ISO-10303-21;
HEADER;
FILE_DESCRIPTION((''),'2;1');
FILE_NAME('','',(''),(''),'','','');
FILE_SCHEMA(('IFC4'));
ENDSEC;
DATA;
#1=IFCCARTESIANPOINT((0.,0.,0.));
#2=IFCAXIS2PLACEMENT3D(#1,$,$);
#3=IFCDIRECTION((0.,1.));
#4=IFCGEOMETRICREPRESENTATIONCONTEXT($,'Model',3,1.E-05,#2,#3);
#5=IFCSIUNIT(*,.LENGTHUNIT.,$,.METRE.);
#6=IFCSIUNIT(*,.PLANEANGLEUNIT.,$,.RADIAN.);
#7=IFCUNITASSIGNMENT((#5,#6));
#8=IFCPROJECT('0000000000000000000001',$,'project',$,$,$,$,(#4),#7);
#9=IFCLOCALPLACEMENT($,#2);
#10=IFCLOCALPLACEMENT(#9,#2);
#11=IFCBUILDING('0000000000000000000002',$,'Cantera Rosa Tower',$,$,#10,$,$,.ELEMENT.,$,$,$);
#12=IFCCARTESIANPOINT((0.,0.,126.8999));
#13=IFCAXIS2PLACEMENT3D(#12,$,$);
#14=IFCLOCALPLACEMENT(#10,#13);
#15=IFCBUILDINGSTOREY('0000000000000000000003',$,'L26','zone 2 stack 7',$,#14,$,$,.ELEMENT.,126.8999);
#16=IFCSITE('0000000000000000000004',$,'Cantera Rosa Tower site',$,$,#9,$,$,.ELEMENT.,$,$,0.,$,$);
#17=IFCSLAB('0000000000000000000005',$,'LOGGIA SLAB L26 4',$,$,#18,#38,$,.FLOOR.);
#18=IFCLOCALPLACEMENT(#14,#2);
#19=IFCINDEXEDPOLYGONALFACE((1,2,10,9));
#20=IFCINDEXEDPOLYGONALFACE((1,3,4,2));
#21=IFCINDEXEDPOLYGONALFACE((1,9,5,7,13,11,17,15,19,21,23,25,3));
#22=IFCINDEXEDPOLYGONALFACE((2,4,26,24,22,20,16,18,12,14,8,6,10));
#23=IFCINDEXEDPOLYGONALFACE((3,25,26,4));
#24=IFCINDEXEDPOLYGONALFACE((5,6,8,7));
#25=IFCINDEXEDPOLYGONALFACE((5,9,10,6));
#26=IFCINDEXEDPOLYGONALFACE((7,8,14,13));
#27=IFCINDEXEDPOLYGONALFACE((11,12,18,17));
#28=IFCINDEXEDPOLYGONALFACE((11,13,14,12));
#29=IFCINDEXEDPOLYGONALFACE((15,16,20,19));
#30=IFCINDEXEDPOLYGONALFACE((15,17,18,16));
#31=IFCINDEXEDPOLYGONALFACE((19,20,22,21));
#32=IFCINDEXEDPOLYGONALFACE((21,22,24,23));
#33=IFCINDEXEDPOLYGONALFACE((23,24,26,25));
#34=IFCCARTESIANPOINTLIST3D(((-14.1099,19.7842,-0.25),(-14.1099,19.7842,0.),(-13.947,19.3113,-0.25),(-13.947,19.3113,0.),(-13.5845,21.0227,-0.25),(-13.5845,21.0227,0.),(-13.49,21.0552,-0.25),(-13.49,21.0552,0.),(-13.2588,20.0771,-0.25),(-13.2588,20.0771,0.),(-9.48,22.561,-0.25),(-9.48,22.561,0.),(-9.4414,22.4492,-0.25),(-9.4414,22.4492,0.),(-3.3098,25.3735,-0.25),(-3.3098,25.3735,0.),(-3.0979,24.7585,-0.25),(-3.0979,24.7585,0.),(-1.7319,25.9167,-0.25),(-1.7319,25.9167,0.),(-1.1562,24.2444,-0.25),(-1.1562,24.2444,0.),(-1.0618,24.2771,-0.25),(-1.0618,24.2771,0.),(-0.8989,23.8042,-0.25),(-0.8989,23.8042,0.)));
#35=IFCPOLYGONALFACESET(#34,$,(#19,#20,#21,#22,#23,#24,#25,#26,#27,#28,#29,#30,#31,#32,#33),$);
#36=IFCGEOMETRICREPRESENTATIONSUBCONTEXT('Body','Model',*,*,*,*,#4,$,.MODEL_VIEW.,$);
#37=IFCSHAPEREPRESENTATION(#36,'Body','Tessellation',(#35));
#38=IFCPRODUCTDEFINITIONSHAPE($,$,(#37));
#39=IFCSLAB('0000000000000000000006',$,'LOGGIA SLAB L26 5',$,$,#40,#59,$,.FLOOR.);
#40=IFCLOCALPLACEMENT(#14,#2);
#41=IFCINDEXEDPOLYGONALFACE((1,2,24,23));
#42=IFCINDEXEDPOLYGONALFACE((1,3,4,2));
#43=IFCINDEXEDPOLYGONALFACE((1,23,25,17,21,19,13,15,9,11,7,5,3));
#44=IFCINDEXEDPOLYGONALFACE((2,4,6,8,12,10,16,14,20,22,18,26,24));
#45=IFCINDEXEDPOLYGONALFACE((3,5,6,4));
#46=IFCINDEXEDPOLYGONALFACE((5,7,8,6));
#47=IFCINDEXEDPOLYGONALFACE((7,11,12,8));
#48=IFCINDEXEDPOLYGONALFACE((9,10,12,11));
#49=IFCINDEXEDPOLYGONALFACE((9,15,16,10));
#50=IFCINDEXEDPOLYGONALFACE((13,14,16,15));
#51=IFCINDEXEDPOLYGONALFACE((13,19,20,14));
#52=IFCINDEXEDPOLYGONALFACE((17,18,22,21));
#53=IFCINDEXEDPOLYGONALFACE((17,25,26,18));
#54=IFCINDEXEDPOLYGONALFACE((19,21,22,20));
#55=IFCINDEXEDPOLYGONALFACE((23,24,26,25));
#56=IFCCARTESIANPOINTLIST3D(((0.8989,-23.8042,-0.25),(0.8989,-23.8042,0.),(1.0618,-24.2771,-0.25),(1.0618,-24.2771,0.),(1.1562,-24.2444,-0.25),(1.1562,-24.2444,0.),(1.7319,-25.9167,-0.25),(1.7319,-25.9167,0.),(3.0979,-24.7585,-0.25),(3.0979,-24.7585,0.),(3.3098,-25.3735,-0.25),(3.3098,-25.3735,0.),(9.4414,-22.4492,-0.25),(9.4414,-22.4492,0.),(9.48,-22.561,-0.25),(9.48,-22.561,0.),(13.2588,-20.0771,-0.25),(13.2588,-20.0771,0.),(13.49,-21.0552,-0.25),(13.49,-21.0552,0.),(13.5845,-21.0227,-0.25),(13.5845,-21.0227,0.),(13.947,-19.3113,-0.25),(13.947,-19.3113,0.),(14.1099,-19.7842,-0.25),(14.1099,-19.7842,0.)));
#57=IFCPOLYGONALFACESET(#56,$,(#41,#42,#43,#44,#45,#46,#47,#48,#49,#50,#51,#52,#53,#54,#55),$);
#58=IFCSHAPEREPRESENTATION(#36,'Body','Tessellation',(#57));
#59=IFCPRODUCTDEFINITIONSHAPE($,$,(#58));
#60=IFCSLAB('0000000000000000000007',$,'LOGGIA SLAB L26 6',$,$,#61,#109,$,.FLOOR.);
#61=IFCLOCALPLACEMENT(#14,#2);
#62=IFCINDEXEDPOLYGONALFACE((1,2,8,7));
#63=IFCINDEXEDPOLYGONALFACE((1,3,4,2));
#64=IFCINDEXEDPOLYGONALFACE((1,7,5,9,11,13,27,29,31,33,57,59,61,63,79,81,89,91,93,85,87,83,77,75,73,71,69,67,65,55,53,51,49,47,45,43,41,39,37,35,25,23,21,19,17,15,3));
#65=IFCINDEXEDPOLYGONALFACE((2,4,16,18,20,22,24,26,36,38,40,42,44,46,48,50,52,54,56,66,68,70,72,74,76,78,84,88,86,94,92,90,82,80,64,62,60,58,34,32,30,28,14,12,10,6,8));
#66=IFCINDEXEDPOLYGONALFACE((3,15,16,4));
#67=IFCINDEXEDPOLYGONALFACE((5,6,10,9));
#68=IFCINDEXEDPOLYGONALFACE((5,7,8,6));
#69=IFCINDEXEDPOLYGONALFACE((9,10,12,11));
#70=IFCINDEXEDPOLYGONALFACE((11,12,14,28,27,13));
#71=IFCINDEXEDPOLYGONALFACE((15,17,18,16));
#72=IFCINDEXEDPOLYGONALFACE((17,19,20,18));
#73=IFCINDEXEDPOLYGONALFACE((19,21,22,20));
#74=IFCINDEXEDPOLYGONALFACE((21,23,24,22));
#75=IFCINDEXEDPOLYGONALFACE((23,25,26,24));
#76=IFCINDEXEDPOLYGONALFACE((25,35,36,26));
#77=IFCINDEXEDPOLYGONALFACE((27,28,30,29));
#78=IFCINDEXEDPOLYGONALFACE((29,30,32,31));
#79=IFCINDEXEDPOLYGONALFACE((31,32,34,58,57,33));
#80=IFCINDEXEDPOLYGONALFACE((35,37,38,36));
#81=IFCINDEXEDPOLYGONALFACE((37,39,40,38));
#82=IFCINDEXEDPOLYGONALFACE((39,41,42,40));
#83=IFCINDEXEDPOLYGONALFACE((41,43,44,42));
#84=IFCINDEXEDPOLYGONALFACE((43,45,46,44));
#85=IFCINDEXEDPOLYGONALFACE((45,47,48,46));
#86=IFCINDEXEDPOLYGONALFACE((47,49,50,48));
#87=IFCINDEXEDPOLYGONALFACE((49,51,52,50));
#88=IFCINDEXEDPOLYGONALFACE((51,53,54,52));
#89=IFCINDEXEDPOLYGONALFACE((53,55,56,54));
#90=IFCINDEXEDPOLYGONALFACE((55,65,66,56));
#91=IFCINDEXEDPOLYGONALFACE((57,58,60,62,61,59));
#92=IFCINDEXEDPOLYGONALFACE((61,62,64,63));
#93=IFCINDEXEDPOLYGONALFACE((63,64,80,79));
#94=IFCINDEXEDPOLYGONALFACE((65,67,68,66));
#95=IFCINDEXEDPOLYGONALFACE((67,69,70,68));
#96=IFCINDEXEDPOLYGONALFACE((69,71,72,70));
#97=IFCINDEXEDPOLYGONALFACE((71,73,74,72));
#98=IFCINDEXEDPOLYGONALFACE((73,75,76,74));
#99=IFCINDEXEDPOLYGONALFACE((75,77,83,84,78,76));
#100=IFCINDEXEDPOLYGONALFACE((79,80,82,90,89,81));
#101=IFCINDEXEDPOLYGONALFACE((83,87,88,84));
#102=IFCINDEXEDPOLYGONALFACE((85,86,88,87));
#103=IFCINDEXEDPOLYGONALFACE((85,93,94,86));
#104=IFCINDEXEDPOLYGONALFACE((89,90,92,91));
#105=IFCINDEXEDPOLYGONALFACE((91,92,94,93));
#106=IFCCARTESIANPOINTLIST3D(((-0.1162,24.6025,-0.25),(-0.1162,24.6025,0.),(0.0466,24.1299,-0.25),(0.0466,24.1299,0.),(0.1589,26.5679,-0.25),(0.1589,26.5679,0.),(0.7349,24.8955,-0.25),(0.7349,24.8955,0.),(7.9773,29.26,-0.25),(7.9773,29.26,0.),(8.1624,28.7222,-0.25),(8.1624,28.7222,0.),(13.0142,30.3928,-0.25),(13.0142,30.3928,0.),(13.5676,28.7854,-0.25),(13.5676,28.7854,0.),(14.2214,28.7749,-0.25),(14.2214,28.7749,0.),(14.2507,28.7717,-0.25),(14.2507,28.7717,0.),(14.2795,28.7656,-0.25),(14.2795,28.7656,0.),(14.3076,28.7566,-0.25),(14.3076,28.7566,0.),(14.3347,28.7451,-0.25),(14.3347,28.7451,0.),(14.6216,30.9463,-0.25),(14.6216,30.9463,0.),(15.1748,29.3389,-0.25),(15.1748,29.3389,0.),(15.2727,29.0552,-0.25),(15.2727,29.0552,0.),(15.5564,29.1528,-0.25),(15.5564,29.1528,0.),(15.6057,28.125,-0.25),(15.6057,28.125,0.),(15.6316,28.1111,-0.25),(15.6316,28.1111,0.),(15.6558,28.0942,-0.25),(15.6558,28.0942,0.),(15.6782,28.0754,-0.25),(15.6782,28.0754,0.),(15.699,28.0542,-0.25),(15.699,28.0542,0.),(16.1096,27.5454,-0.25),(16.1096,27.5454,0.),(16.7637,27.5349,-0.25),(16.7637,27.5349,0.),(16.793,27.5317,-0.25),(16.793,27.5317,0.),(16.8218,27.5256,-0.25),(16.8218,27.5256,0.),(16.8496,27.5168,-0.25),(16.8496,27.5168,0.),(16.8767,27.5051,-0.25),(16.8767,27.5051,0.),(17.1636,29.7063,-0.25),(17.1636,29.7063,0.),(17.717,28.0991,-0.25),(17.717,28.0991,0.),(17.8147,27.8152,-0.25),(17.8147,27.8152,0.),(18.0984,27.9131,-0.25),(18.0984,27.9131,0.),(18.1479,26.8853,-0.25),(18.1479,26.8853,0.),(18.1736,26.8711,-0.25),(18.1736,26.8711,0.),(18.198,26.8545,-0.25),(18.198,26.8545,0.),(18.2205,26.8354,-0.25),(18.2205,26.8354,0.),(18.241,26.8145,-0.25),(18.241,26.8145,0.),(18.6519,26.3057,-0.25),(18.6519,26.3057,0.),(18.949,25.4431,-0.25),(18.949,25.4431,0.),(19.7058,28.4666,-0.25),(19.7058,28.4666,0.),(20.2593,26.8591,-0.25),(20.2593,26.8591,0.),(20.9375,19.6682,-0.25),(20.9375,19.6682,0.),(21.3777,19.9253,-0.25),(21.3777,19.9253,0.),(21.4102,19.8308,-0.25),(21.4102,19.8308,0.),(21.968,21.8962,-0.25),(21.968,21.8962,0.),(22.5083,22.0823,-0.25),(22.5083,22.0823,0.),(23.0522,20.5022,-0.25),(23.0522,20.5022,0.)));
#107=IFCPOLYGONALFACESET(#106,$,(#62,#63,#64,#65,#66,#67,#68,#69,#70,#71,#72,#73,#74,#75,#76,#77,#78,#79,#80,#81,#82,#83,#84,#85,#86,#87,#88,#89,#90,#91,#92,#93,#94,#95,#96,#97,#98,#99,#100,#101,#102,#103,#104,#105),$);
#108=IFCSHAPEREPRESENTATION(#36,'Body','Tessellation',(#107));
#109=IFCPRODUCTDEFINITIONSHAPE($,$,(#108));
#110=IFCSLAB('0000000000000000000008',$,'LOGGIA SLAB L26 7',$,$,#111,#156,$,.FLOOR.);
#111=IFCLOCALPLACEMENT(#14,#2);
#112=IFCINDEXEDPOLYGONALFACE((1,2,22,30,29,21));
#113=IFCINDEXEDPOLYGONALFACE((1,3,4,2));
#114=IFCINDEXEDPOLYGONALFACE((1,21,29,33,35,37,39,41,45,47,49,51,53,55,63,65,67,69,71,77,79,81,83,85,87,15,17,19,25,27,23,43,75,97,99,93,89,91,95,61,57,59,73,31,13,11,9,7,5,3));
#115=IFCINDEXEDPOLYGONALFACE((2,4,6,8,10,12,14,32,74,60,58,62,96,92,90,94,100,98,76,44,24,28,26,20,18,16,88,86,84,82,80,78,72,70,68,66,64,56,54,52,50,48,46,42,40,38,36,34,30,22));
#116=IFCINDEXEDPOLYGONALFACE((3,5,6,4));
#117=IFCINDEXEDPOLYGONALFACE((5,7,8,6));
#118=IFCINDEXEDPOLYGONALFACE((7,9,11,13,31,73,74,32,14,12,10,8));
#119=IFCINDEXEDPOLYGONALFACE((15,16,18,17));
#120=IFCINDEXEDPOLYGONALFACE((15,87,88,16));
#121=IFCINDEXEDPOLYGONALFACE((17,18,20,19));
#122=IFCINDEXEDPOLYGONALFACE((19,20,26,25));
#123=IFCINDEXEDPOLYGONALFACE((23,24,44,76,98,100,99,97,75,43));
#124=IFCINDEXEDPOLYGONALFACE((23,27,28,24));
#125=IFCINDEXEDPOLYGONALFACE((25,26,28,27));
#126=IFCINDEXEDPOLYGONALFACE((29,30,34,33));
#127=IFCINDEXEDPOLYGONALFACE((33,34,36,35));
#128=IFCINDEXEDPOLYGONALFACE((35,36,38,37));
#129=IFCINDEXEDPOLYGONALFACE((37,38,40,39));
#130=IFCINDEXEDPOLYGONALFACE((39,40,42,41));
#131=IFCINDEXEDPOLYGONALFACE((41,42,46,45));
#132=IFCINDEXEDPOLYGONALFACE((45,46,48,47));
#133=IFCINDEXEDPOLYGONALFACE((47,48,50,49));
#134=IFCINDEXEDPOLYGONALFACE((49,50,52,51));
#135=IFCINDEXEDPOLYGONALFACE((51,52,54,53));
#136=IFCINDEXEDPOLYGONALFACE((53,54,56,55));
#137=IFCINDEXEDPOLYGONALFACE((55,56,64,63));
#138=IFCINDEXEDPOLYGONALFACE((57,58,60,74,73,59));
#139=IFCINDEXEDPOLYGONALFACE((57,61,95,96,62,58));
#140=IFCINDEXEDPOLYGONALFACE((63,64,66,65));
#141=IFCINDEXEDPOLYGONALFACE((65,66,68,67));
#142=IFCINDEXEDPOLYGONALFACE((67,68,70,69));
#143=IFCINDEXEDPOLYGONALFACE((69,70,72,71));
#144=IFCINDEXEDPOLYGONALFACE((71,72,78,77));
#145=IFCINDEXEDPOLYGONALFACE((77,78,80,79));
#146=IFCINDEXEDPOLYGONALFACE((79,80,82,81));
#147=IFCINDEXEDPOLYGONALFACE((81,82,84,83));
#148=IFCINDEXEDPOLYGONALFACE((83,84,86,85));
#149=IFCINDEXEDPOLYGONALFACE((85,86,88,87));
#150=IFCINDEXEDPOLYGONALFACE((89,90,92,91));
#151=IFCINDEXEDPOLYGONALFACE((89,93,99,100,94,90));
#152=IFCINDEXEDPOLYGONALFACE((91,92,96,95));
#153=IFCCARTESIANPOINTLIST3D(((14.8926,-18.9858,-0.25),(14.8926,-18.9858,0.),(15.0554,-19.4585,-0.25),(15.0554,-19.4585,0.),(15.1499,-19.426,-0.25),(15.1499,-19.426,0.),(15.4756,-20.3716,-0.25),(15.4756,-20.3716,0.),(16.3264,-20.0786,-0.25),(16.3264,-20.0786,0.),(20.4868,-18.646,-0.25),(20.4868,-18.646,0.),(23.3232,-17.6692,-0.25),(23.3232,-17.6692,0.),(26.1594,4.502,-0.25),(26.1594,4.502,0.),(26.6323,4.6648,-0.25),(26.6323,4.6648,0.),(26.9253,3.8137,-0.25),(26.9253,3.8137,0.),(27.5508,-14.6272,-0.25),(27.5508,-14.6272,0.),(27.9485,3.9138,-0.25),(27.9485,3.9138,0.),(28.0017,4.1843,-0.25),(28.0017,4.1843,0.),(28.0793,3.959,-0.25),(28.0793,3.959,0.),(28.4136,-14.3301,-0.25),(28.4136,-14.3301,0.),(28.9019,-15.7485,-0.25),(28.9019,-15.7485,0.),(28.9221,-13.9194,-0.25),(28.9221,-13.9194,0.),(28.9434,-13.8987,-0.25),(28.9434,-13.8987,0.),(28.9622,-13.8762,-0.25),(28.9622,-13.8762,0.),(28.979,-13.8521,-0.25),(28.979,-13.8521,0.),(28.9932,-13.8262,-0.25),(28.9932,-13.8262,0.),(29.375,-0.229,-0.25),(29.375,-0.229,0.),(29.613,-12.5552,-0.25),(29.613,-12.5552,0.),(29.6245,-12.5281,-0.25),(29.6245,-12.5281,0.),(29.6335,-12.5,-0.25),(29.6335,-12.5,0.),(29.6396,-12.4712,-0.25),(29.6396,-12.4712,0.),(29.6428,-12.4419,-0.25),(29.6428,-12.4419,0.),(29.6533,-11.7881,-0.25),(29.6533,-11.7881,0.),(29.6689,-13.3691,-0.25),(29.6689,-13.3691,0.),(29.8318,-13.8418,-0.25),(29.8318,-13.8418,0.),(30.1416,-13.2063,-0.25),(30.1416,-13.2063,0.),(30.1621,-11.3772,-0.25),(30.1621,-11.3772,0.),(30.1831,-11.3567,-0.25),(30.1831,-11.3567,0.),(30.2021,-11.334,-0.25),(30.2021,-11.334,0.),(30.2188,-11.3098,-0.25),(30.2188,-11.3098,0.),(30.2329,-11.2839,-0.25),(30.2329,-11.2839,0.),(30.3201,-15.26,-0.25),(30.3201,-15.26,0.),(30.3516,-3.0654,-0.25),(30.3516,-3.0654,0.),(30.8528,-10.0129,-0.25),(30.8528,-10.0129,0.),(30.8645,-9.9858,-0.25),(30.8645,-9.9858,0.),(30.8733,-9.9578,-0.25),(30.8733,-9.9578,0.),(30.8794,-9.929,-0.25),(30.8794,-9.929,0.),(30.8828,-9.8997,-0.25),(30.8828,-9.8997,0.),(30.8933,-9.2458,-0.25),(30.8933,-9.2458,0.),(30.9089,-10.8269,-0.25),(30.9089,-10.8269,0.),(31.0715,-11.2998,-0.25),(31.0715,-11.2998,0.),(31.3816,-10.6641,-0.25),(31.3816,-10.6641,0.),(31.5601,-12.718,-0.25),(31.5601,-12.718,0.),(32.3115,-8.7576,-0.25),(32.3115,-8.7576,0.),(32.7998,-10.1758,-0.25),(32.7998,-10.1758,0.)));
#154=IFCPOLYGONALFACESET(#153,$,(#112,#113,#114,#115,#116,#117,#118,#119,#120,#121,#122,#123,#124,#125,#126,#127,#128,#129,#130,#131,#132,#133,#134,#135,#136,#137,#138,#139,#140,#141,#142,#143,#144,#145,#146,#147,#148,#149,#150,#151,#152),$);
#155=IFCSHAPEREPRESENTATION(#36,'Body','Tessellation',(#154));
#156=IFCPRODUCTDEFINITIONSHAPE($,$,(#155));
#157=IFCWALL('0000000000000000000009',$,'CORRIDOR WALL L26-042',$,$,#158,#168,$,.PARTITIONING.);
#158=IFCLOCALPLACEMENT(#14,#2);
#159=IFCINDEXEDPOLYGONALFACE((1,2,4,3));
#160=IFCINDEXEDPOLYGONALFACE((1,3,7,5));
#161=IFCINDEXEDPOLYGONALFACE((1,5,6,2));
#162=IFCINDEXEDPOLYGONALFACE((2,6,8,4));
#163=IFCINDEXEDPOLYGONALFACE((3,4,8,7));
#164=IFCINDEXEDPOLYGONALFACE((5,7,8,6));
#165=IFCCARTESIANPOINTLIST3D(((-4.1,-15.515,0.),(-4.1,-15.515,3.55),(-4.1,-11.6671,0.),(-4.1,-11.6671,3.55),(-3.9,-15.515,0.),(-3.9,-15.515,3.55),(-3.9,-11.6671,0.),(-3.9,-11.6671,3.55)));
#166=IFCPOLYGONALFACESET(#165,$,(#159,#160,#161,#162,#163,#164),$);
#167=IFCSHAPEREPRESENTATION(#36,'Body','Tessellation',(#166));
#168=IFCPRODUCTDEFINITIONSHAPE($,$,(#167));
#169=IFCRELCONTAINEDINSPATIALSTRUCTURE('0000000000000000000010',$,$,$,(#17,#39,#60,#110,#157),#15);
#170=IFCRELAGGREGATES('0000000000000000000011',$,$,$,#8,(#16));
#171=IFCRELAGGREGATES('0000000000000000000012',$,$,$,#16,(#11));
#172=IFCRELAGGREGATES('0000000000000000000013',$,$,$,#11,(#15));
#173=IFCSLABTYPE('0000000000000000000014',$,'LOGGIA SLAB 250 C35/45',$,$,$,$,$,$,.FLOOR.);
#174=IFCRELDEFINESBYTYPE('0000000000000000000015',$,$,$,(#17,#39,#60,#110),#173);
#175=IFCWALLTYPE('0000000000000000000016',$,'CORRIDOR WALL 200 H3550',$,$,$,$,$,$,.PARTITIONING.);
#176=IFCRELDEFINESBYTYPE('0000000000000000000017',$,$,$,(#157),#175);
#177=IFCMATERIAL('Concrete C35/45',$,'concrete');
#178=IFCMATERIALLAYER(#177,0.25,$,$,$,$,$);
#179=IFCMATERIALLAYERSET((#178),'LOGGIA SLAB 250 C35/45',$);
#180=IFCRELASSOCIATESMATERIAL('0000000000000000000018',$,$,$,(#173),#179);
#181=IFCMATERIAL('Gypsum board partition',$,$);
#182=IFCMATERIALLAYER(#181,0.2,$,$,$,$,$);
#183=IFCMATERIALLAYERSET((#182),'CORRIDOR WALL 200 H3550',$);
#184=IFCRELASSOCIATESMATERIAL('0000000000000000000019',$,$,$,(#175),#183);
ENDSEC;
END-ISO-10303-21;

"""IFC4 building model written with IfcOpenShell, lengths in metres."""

from ifc_helpers import new_model, si_unit, direction, frame, frame_2d, origin, place, context, subcontext, project, spatial, polyline, rectangle, outline, extrude, material, layer, layer_set, type_object, element, save


model = new_model("IFC4")

# Units and contexts
model_context = context("Model", 3, precision=1e-05, world=origin(), true_north=direction((0.0, 1.0)))
body_context = subcontext(model_context, "Body", "Model", "MODEL_VIEW")
ifc_project = project(units=[si_unit("LENGTHUNIT", "METRE"), si_unit("PLANEANGLEUNIT", "RADIAN")], contexts=[model_context])

# Site, building, storey
site_placement = place(None, origin())
site = spatial("IfcSite", under=ifc_project, at=site_placement, Name="Cantera Rosa Tower site", CompositionType="ELEMENT", RefElevation=0.0)
building_placement = place(site_placement, origin())
building = spatial("IfcBuilding", under=site, at=building_placement, Name="Cantera Rosa Tower", CompositionType="ELEMENT")
storey_placement = place(building_placement, frame((0.0, 0.0, 126.8999)))
storey = spatial("IfcBuildingStorey", under=building, at=storey_placement, Name="L26", Description="zone 2 stack 7", CompositionType="ELEMENT", Elevation=126.8999)

# Slabs
ifc_material_1 = material(Name="Concrete C35/45", Category="concrete")
ifc_layer_1 = layer(ifc_material_1, 0.25)
ifc_layer_set_1 = layer_set([ifc_layer_1], Name="LOGGIA SLAB 250 C35/45")
slab_type_1 = type_object("IfcSlabType", Name="LOGGIA SLAB 250 C35/45", PredefinedType="FLOOR", material=ifc_layer_set_1)
slab_1_placement = place(storey_placement, frame((0.0, 0.0, -0.25)))
element("IfcSlab", 1, at=slab_1_placement, inside=storey, type_object=slab_type_1, Name="LOGGIA SLAB L26 4", PredefinedType="FLOOR", context=body_context, shape_type="SweptSolid", body=[
    extrude(outline(polyline([(-9.48, 22.561), (-3.0979, 24.7585), (-3.3098, 25.3735), (-1.7319, 25.9167), (-1.1562, 24.2444), (-1.0618, 24.2771), (-0.8989, 23.8042), (-13.947, 19.3113), (-14.1099, 19.7842), (-13.2588, 20.0771), (-13.5845, 21.0227), (-13.49, 21.0552), (-9.4414, 22.4492), (-9.48, 22.561)])), origin(), (0.0, 0.0, 1.0), 0.25),
])
slab_2_placement = place(storey_placement, frame((0.0, 0.0, -0.25)))
element("IfcSlab", 2, at=slab_2_placement, inside=storey, type_object=slab_type_1, Name="LOGGIA SLAB L26 5", PredefinedType="FLOOR", context=body_context, shape_type="SweptSolid", body=[
    extrude(outline(polyline([(1.0618, -24.2771), (0.8989, -23.8042), (13.947, -19.3113), (14.1099, -19.7842), (13.2588, -20.0771), (13.5845, -21.0227), (13.49, -21.0552), (9.4414, -22.4492), (9.48, -22.561), (3.0979, -24.7585), (3.3098, -25.3735), (1.7319, -25.9167), (1.1562, -24.2444), (1.0618, -24.2771)])), origin(), (0.0, 0.0, 1.0), 0.25),
])
slab_3_placement = place(storey_placement, frame((0.0, 0.0, -0.25)))
element("IfcSlab", 3, at=slab_3_placement, inside=storey, type_object=slab_type_1, Name="LOGGIA SLAB L26 6", PredefinedType="FLOOR", context=body_context, shape_type="SweptSolid", body=[
    extrude(outline(polyline([(13.0142, 30.3928), (14.6216, 30.9463), (15.1748, 29.3389), (15.2727, 29.0552), (15.5564, 29.1528), (17.1636, 29.7063), (17.717, 28.0991), (17.8147, 27.8152), (18.0984, 27.9131), (19.7058, 28.4666), (20.2593, 26.8591), (21.968, 21.8962), (22.5083, 22.0823), (23.0522, 20.5022), (21.3777, 19.9253), (21.4102, 19.8308), (20.9375, 19.6682), (18.949, 25.4431), (18.6519, 26.3057), (18.241, 26.8145), (18.2205, 26.8354), (18.198, 26.8545), (18.1736, 26.8711), (18.1479, 26.8853), (16.8767, 27.5051), (16.8496, 27.5168), (16.8218, 27.5256), (16.793, 27.5317), (16.7637, 27.5349), (16.1096, 27.5454), (15.699, 28.0542), (15.6782, 28.0754), (15.6558, 28.0942), (15.6316, 28.1111), (15.6057, 28.125), (14.3347, 28.7451), (14.3076, 28.7566), (14.2795, 28.7656), (14.2507, 28.7717), (14.2214, 28.7749), (13.5676, 28.7854), (0.0466, 24.1299), (-0.1162, 24.6025), (0.7349, 24.8955), (0.1589, 26.5679), (7.9773, 29.26), (8.1624, 28.7222), (13.0142, 30.3928)])), origin(), (0.0, 0.0, 1.0), 0.25),
])
slab_4_placement = place(storey_placement, frame((0.0, 0.0, -0.25)))
element("IfcSlab", 4, at=slab_4_placement, inside=storey, type_object=slab_type_1, Name="LOGGIA SLAB L26 7", PredefinedType="FLOOR", context=body_context, shape_type="SweptSolid", body=[
    extrude(outline(polyline([(29.375, -0.229), (30.3516, -3.0654), (32.3115, -8.7576), (32.7998, -10.1758), (31.3816, -10.6641), (30.9089, -10.8269), (31.0715, -11.2998), (31.5601, -12.718), (30.1416, -13.2063), (29.6689, -13.3691), (29.8318, -13.8418), (30.3201, -15.26), (28.9019, -15.7485), (23.3232, -17.6692), (20.4868, -18.646), (16.3264, -20.0786), (15.4756, -20.3716), (15.1499, -19.426), (15.0554, -19.4585), (14.8926, -18.9858), (27.5508, -14.6272), (28.4136, -14.3301), (28.9221, -13.9194), (28.9434, -13.8987), (28.9622, -13.8762), (28.979, -13.8521), (28.9932, -13.8262), (29.613, -12.5552), (29.6245, -12.5281), (29.6335, -12.5), (29.6396, -12.4712), (29.6428, -12.4419), (29.6533, -11.7881), (30.1621, -11.3772), (30.1831, -11.3567), (30.2021, -11.334), (30.2188, -11.3098), (30.2329, -11.2839), (30.8528, -10.0129), (30.8645, -9.9858), (30.8733, -9.9578), (30.8794, -9.929), (30.8828, -9.8997), (30.8933, -9.2458), (26.1594, 4.502), (26.6323, 4.6648), (26.9253, 3.8137), (28.0017, 4.1843), (28.0793, 3.959), (27.9485, 3.9138), (29.375, -0.229)])), origin(), (0.0, 0.0, 1.0), 0.25),
])

# Wall
ifc_material_2 = material(Name="Gypsum board partition")
ifc_layer_2 = layer(ifc_material_2, 0.2)
ifc_layer_set_2 = layer_set([ifc_layer_2], Name="CORRIDOR WALL 200 H3550")
wall_type_1 = type_object("IfcWallType", Name="CORRIDOR WALL 200 H3550", PredefinedType="PARTITIONING", material=ifc_layer_set_2)
wall_1_placement = place(storey_placement, frame((-4.0, -11.6672, 0.0), z_axis=(0.0, 0.0, 1.0), x_axis=(0.0, -1.0, 0.0)))
element("IfcWall", 5, at=wall_1_placement, inside=storey, type_object=wall_type_1, Name="CORRIDOR WALL L26-042", PredefinedType="PARTITIONING", context=body_context, shape_type="SweptSolid", body=[
    extrude(rectangle(XDim=3.8479, YDim=0.2, at=frame_2d((1.9238, 0.0))), origin(), (0.0, 0.0, 1.0), 3.55),
])

save(model, "model.ifc")
